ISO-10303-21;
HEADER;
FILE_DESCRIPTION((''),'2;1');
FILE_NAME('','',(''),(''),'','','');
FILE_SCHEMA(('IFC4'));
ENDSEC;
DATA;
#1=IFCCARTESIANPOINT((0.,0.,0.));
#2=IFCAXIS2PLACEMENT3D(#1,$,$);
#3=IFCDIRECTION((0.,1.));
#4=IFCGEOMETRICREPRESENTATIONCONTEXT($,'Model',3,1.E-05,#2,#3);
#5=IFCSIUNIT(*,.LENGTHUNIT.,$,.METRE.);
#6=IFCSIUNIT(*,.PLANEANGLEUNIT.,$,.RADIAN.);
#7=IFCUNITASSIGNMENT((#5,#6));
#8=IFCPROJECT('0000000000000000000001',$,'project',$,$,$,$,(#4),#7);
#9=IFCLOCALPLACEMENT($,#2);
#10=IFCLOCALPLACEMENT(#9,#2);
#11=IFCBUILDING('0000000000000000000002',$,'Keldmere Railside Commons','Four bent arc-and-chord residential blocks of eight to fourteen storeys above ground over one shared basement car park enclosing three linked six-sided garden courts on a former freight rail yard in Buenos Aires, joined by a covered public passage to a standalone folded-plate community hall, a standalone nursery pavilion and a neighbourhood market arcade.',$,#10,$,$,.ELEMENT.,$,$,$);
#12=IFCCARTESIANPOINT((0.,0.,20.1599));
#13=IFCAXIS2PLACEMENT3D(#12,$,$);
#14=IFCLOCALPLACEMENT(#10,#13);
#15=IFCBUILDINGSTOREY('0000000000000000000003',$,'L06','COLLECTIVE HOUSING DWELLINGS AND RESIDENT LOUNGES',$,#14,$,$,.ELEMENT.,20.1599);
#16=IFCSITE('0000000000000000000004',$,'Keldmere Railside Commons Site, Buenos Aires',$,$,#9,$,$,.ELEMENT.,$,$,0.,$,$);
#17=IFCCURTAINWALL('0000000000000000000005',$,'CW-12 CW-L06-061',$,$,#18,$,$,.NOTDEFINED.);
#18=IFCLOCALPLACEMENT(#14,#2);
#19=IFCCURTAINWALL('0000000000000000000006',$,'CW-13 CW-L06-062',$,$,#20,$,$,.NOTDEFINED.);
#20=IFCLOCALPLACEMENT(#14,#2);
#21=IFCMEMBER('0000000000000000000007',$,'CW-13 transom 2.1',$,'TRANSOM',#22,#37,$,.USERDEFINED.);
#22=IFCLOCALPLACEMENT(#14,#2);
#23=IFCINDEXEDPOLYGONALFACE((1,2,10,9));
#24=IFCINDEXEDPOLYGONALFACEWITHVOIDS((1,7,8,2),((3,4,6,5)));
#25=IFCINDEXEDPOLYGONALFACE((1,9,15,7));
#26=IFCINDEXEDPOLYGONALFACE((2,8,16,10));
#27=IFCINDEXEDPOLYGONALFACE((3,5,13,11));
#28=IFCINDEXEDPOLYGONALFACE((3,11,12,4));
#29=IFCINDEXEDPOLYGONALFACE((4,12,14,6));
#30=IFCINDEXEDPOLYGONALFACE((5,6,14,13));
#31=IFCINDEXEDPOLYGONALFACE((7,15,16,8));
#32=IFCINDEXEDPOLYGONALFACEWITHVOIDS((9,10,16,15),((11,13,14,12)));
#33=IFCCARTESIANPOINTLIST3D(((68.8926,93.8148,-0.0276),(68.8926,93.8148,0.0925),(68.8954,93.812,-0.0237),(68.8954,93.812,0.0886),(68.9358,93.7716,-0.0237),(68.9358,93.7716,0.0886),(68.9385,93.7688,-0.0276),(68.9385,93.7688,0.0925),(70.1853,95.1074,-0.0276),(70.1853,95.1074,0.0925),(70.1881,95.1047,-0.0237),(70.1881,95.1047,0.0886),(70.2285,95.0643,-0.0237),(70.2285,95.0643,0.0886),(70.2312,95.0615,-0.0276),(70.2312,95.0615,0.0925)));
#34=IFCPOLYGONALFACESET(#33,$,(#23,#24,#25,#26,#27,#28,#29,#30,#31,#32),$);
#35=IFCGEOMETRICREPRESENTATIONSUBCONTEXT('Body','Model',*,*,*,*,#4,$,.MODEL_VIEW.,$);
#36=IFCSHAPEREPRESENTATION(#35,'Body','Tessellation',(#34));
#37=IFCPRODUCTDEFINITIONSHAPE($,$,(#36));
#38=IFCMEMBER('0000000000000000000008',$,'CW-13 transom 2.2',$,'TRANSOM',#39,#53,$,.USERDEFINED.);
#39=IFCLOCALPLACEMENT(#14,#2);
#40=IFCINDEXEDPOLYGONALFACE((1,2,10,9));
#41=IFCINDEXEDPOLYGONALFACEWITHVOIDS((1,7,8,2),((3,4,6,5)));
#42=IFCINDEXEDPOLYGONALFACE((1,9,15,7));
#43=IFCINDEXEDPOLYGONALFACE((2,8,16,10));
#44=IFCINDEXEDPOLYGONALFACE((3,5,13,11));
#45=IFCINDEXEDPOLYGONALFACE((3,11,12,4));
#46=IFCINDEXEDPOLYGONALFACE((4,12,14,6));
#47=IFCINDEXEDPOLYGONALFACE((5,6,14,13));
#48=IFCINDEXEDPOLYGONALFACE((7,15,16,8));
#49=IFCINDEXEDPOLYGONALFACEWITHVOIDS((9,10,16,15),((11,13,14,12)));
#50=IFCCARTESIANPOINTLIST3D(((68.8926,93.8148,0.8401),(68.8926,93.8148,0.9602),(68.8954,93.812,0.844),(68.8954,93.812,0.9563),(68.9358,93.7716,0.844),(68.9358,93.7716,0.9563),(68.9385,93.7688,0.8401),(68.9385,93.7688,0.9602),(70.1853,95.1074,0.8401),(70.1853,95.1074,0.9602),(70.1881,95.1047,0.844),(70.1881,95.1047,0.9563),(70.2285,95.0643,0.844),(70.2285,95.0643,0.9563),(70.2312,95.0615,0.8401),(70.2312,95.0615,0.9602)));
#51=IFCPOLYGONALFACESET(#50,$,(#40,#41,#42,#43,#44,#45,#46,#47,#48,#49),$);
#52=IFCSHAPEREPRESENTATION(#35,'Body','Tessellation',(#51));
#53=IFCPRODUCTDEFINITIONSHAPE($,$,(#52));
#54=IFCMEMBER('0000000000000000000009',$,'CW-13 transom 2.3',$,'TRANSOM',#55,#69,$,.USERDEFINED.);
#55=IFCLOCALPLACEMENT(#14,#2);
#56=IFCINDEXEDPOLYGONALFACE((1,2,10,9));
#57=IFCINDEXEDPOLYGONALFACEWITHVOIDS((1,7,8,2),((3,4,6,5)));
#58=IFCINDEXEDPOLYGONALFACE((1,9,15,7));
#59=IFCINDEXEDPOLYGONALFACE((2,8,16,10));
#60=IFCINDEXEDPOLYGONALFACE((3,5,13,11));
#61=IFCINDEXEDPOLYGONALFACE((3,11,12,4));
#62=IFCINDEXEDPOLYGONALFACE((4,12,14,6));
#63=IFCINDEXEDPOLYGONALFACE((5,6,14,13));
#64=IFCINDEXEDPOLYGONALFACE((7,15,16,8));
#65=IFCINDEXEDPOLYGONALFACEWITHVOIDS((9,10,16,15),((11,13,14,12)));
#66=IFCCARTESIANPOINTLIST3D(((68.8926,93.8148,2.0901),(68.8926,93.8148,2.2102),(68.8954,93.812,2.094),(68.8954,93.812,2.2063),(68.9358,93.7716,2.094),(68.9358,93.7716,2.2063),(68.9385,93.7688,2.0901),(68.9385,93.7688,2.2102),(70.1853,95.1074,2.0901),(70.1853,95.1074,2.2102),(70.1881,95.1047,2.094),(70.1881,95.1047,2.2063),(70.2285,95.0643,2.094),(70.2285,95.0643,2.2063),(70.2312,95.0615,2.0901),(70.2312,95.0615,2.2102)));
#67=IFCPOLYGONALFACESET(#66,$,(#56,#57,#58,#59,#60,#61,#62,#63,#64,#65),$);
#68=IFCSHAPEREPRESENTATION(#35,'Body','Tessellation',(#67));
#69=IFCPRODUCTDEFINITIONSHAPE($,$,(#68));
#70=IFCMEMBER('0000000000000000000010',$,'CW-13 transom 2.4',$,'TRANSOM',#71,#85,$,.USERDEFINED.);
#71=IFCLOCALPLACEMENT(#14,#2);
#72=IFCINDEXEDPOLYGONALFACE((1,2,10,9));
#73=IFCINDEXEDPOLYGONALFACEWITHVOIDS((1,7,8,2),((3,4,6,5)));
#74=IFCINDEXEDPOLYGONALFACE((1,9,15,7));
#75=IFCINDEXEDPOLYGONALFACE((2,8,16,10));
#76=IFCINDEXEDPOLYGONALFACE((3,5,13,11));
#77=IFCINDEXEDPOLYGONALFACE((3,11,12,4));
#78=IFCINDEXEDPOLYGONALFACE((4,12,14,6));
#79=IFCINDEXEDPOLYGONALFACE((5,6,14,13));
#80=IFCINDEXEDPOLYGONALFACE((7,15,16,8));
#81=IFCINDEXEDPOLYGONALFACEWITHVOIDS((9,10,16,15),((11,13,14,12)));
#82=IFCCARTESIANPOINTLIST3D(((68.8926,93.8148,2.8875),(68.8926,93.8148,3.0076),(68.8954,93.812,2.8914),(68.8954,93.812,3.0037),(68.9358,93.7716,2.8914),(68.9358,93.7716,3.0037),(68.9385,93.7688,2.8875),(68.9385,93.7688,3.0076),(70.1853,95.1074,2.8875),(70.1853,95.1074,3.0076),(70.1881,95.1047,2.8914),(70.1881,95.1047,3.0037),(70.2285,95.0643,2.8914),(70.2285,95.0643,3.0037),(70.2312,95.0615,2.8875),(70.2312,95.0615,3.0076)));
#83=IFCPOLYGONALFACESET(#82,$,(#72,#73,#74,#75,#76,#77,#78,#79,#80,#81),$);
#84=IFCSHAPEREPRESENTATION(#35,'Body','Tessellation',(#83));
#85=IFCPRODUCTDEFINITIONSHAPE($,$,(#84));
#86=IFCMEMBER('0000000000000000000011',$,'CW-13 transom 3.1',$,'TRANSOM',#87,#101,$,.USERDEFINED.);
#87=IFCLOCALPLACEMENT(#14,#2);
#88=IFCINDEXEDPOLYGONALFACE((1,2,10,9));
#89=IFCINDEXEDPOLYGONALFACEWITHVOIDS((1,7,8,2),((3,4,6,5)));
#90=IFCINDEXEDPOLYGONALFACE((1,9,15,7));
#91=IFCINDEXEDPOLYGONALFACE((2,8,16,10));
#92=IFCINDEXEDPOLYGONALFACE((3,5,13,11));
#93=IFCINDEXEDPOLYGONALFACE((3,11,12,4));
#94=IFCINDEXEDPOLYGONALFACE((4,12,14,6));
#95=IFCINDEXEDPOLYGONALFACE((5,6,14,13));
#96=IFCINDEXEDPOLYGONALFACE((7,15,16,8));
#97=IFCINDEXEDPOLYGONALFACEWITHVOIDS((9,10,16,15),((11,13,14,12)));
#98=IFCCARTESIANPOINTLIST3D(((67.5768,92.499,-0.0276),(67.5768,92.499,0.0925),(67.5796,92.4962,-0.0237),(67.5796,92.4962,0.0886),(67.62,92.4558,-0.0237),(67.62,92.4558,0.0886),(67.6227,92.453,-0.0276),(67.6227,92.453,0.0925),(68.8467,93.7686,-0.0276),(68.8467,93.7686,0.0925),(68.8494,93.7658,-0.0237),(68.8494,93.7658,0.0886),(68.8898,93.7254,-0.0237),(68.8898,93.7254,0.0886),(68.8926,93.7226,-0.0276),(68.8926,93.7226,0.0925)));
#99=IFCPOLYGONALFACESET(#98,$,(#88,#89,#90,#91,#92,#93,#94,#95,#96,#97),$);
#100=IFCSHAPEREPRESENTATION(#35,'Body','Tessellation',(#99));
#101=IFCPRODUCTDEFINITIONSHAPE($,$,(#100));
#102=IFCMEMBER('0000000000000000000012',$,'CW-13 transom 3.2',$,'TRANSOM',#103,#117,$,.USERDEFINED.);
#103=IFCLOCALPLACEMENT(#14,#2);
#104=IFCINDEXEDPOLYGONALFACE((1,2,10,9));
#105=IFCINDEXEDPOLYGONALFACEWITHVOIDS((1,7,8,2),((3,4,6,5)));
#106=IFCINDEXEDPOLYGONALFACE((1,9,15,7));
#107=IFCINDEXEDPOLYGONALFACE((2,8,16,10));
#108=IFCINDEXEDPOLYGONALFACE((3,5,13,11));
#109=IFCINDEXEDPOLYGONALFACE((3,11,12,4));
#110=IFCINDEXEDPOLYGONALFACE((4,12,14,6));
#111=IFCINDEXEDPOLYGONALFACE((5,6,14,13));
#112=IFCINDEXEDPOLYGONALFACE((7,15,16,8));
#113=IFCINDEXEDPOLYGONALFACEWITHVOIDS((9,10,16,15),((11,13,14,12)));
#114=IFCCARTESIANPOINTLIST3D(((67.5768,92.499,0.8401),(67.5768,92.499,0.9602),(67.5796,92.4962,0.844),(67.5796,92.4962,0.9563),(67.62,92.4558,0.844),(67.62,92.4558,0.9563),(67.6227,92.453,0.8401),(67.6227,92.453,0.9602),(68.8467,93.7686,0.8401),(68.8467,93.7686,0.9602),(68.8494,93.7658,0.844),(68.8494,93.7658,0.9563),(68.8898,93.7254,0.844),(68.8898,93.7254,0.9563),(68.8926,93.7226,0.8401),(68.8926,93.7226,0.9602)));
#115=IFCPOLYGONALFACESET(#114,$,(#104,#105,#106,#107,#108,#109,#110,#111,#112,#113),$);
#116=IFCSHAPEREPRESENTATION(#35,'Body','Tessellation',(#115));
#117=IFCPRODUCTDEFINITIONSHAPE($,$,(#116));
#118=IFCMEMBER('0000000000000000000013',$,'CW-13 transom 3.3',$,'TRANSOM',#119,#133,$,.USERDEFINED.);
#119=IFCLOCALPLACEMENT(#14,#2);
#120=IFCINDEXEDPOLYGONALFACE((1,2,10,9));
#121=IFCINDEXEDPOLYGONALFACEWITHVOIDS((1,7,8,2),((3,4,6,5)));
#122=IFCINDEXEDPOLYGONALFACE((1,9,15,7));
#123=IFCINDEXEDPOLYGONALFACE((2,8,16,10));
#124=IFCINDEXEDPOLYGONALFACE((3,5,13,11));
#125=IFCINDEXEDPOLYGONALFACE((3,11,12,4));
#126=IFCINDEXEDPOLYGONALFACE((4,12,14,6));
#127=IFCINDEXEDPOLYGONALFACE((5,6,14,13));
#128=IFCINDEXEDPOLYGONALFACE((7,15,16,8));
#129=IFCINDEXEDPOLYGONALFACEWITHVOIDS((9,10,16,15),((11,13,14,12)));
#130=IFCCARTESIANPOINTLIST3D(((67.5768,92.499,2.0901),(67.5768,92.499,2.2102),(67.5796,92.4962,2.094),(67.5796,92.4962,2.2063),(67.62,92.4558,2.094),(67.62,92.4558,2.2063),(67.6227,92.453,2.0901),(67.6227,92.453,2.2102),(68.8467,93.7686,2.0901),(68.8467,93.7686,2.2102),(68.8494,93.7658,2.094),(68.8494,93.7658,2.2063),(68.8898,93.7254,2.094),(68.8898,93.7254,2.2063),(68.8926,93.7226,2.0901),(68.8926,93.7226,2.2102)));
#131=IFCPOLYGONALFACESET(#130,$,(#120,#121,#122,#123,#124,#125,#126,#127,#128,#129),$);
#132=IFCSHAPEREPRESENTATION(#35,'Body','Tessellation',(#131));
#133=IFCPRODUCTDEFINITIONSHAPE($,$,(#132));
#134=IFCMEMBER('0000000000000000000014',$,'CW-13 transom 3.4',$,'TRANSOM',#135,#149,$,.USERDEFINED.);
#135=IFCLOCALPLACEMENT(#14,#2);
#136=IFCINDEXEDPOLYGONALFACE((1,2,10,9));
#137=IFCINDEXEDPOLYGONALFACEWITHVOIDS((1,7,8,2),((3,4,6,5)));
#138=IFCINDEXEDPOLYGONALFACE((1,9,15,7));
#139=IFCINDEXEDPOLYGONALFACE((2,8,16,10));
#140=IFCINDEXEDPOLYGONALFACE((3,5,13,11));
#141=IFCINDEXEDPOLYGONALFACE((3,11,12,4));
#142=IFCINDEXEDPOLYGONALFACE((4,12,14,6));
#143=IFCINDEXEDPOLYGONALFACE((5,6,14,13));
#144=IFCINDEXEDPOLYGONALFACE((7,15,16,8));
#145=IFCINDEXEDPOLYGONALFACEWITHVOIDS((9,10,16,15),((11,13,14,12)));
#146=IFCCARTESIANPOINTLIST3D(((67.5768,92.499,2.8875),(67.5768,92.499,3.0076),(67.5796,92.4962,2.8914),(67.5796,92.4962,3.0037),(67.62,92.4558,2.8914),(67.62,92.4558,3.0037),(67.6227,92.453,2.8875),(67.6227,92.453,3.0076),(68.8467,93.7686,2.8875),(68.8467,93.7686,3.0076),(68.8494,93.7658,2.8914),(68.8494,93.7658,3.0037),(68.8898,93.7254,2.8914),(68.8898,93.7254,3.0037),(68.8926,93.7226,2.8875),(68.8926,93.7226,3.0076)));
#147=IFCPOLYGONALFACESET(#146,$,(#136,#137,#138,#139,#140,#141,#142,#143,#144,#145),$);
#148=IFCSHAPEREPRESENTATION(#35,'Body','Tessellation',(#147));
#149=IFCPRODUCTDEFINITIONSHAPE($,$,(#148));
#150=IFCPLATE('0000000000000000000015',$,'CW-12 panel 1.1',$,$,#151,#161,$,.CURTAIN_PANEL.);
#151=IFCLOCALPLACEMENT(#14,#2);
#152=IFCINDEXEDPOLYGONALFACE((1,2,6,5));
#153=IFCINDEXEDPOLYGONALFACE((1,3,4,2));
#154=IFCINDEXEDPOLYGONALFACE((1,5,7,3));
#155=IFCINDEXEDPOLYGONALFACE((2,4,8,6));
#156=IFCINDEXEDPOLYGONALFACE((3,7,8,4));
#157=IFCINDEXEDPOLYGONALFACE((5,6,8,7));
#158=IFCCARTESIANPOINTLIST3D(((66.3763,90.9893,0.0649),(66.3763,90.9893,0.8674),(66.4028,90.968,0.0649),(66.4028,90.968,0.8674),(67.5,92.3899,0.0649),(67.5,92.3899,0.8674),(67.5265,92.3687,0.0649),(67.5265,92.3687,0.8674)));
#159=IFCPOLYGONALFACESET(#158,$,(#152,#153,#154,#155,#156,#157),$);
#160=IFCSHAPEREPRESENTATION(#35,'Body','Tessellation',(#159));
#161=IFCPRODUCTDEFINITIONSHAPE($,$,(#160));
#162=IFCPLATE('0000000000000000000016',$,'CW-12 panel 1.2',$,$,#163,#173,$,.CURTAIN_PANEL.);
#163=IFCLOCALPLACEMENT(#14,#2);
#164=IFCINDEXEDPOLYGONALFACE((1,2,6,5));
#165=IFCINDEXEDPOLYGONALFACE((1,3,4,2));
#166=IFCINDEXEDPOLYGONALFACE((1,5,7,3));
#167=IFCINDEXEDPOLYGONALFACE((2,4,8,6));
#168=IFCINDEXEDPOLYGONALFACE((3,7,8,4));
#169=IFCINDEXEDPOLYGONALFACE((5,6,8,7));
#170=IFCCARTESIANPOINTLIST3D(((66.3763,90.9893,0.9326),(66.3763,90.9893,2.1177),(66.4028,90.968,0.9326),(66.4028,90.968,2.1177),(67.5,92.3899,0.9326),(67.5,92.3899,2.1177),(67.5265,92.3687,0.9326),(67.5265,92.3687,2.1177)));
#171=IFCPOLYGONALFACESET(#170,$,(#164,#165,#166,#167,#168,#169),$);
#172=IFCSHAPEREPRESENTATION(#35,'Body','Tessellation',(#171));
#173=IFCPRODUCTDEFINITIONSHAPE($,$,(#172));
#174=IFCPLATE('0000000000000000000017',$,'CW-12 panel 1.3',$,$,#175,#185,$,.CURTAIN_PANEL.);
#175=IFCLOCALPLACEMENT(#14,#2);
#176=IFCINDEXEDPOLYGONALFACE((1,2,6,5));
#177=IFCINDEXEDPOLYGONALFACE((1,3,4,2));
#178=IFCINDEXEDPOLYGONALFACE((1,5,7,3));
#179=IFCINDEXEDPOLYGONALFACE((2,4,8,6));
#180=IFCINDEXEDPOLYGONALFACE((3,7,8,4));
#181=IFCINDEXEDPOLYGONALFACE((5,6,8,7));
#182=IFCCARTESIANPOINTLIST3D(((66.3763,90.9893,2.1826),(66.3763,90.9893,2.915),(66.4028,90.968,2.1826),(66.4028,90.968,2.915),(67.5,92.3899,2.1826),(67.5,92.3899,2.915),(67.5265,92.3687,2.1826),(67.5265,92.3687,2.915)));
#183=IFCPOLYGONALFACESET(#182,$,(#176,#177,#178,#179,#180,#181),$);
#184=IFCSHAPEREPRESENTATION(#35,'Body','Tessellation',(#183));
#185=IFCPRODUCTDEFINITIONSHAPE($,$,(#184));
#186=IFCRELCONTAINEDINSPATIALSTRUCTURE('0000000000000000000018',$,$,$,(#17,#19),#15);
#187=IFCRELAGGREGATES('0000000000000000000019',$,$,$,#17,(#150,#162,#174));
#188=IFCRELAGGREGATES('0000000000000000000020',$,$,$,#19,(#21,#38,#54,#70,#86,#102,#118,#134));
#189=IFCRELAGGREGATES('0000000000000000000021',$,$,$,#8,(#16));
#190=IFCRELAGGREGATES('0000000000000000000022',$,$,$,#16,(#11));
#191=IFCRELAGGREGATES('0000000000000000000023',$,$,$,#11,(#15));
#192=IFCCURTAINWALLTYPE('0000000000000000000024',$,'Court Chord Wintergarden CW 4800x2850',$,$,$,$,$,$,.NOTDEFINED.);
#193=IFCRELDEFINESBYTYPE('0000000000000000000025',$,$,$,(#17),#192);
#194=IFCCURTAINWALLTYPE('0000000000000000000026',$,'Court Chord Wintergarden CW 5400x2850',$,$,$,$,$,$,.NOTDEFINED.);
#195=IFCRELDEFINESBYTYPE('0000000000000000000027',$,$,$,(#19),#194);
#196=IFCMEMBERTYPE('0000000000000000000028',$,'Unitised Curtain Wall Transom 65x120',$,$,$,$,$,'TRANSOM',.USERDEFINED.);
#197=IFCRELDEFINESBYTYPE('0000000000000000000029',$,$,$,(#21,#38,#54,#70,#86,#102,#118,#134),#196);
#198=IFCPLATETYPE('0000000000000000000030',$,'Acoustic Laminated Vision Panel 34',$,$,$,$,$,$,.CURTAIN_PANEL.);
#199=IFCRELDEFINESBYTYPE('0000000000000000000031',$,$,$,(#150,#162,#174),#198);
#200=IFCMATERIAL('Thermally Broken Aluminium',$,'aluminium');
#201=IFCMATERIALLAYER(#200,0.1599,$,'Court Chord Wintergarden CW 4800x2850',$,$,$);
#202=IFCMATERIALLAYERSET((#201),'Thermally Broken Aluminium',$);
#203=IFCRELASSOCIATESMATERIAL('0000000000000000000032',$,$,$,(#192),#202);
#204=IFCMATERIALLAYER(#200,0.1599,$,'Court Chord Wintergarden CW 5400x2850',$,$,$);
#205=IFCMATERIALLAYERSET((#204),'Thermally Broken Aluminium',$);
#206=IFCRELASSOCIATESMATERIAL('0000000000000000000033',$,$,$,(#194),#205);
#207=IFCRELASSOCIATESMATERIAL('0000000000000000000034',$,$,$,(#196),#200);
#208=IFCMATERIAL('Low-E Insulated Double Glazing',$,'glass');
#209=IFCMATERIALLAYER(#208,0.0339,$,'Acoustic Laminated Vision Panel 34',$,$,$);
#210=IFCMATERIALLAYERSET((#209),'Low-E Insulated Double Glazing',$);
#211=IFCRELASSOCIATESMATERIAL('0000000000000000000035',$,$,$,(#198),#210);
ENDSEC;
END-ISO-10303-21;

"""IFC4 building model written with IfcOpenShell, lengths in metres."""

from ifc_helpers import new_model, si_unit, direction, frame, origin, origin_2d, place, context, subcontext, project, spatial, rectangle, hollow_rectangle, extrude, material, layer, layer_set, material_profile, profile_set, type_object, element, aggregate, save


model = new_model("IFC4")

# Units and contexts
model_context = context("Model", 3, precision=1e-05, world=origin(), true_north=direction((0.0, 1.0)))
body_context = subcontext(model_context, "Body", "Model", "MODEL_VIEW")
ifc_project = project(units=[si_unit("LENGTHUNIT", "METRE"), si_unit("PLANEANGLEUNIT", "RADIAN")], contexts=[model_context])

# Site, building, storey
site_placement = place(None, origin())
site = spatial("IfcSite", under=ifc_project, at=site_placement, Name="Keldmere Railside Commons Site, Buenos Aires", CompositionType="ELEMENT", RefElevation=0.0)
building_placement = place(site_placement, origin())
building = spatial("IfcBuilding", under=site, at=building_placement, Name="Keldmere Railside Commons", Description="Four bent arc-and-chord residential blocks of eight to fourteen storeys above ground over one shared basement car park enclosing three linked six-sided garden courts on a former freight rail yard in Buenos Aires, joined by a covered public passage to a standalone folded-plate community hall, a standalone nursery pavilion and a neighbourhood market arcade.", CompositionType="ELEMENT")
storey_placement = place(building_placement, frame((0.0, 0.0, 20.1599)))
storey = spatial("IfcBuildingStorey", under=building, at=storey_placement, Name="L06", Description="COLLECTIVE HOUSING DWELLINGS AND RESIDENT LOUNGES", CompositionType="ELEMENT", Elevation=20.1599)

# Curtain walls
ifc_material_1 = material(Name="Thermally Broken Aluminium", Category="aluminium")
ifc_layer_1 = layer(ifc_material_1, 0.1599, Name="Court Chord Wintergarden CW 4800x2850")
ifc_layer_set_1 = layer_set([ifc_layer_1], Name="Thermally Broken Aluminium")
curtain_wall_type_1 = type_object("IfcCurtainWallType", Name="Court Chord Wintergarden CW 4800x2850", PredefinedType="NOTDEFINED", material=ifc_layer_set_1)
curtain_wall_1_placement = place(storey_placement, origin())
curtain_wall_1 = element("IfcCurtainWall", 1, at=curtain_wall_1_placement, inside=storey, type_object=curtain_wall_type_1, Name="CW-12 CW-L06-061", PredefinedType="NOTDEFINED")
ifc_layer_2 = layer(ifc_material_1, 0.1599, Name="Court Chord Wintergarden CW 5400x2850")
ifc_layer_set_2 = layer_set([ifc_layer_2], Name="Thermally Broken Aluminium")
curtain_wall_type_2 = type_object("IfcCurtainWallType", Name="Court Chord Wintergarden CW 5400x2850", PredefinedType="NOTDEFINED", material=ifc_layer_set_2)
curtain_wall_2_placement = place(storey_placement, origin())
curtain_wall_2 = element("IfcCurtainWall", 2, at=curtain_wall_2_placement, inside=storey, type_object=curtain_wall_type_2, Name="CW-13 CW-L06-062", PredefinedType="NOTDEFINED")

# Members
ifc_material_profile_1 = material_profile(ifc_material_1, hollow_rectangle(XDim=0.0649, YDim=0.1201, WallThickness=0.0039, at=origin_2d()), Name="ALU-TRAN-65x120")
ifc_profile_set_1 = profile_set([ifc_material_profile_1], Name="Thermally Broken Aluminium")
member_type_1 = type_object("IfcMemberType", Name="Unitised Curtain Wall Transom 65x120", ElementType="TRANSOM", PredefinedType="USERDEFINED", material=ifc_profile_set_1)
member_1_placement = place(storey_placement, frame((70.2083, 95.0845, 0.0325), z_axis=(-0.707107, -0.707107, 0.0), x_axis=(0.707107, -0.707107, 0.0)))
member_1 = element("IfcMember", 3, at=member_1_placement, type_object=member_type_1, Name="CW-13 transom 2.1", ObjectType="TRANSOM", PredefinedType="USERDEFINED", context=body_context, shape_type="SweptSolid", body=[
    extrude(hollow_rectangle(XDim=0.0649, YDim=0.1201, WallThickness=0.0039, at=origin_2d()), origin(), (0.0, 0.0, 1.0), 1.8281),
])
member_2_placement = place(storey_placement, frame((70.2083, 95.0845, 0.9001), z_axis=(-0.707107, -0.707107, 0.0), x_axis=(0.707107, -0.707107, 0.0)))
member_2 = element("IfcMember", 4, at=member_2_placement, type_object=member_type_1, Name="CW-13 transom 2.2", ObjectType="TRANSOM", PredefinedType="USERDEFINED", context=body_context, shape_type="SweptSolid", body=[
    extrude(hollow_rectangle(XDim=0.0649, YDim=0.1201, WallThickness=0.0039, at=origin_2d()), origin(), (0.0, 0.0, 1.0), 1.8281),
])
member_3_placement = place(storey_placement, frame((70.2083, 95.0845, 2.1501), z_axis=(-0.707107, -0.707107, 0.0), x_axis=(0.707107, -0.707107, 0.0)))
member_3 = element("IfcMember", 5, at=member_3_placement, type_object=member_type_1, Name="CW-13 transom 2.3", ObjectType="TRANSOM", PredefinedType="USERDEFINED", context=body_context, shape_type="SweptSolid", body=[
    extrude(hollow_rectangle(XDim=0.0649, YDim=0.1201, WallThickness=0.0039, at=origin_2d()), origin(), (0.0, 0.0, 1.0), 1.8281),
])
member_4_placement = place(storey_placement, frame((70.2083, 95.0845, 2.9475), z_axis=(-0.707107, -0.707107, 0.0), x_axis=(0.707107, -0.707107, 0.0)))
member_4 = element("IfcMember", 6, at=member_4_placement, type_object=member_type_1, Name="CW-13 transom 2.4", ObjectType="TRANSOM", PredefinedType="USERDEFINED", context=body_context, shape_type="SweptSolid", body=[
    extrude(hollow_rectangle(XDim=0.0649, YDim=0.1201, WallThickness=0.0039, at=origin_2d()), origin(), (0.0, 0.0, 1.0), 1.8281),
])
member_5_placement = place(storey_placement, frame((68.8696, 93.7456, 0.0325), z_axis=(-0.707175, -0.707039, 0.0), x_axis=(0.707039, -0.707175, 0.0)))
member_5 = element("IfcMember", 7, at=member_5_placement, type_object=member_type_1, Name="CW-13 transom 3.1", ObjectType="TRANSOM", PredefinedType="USERDEFINED", context=body_context, shape_type="SweptSolid", body=[
    extrude(hollow_rectangle(XDim=0.0649, YDim=0.1201, WallThickness=0.0039, at=origin_2d()), origin(), (0.0, 0.0, 1.0), 1.7957),
])
member_6_placement = place(storey_placement, frame((68.8696, 93.7456, 0.9001), z_axis=(-0.707175, -0.707039, 0.0), x_axis=(0.707039, -0.707175, 0.0)))
member_6 = element("IfcMember", 8, at=member_6_placement, type_object=member_type_1, Name="CW-13 transom 3.2", ObjectType="TRANSOM", PredefinedType="USERDEFINED", context=body_context, shape_type="SweptSolid", body=[
    extrude(hollow_rectangle(XDim=0.0649, YDim=0.1201, WallThickness=0.0039, at=origin_2d()), origin(), (0.0, 0.0, 1.0), 1.7957),
])
member_7_placement = place(storey_placement, frame((68.8696, 93.7456, 2.1501), z_axis=(-0.707175, -0.707039, 0.0), x_axis=(0.707039, -0.707175, 0.0)))
member_7 = element("IfcMember", 9, at=member_7_placement, type_object=member_type_1, Name="CW-13 transom 3.3", ObjectType="TRANSOM", PredefinedType="USERDEFINED", context=body_context, shape_type="SweptSolid", body=[
    extrude(hollow_rectangle(XDim=0.0649, YDim=0.1201, WallThickness=0.0039, at=origin_2d()), origin(), (0.0, 0.0, 1.0), 1.7957),
])
member_8_placement = place(storey_placement, frame((68.8696, 93.7456, 2.9475), z_axis=(-0.707175, -0.707039, 0.0), x_axis=(0.707039, -0.707175, 0.0)))
member_8 = element("IfcMember", 10, at=member_8_placement, type_object=member_type_1, Name="CW-13 transom 3.4", ObjectType="TRANSOM", PredefinedType="USERDEFINED", context=body_context, shape_type="SweptSolid", body=[
    extrude(hollow_rectangle(XDim=0.0649, YDim=0.1201, WallThickness=0.0039, at=origin_2d()), origin(), (0.0, 0.0, 1.0), 1.7957),
])

# Plates
ifc_material_2 = material(Name="Low-E Insulated Double Glazing", Category="glass")
ifc_layer_3 = layer(ifc_material_2, 0.0339, Name="Acoustic Laminated Vision Panel 34")
ifc_layer_set_3 = layer_set([ifc_layer_3], Name="Low-E Insulated Double Glazing")
plate_type_1 = type_object("IfcPlateType", Name="Acoustic Laminated Vision Panel 34", PredefinedType="CURTAIN_PANEL", material=ifc_layer_set_3)
plate_1_placement = place(storey_placement, frame((66.9514, 91.679, 0.0649), z_axis=(0.0, 0.0, 1.0), x_axis=(-0.625768, -0.780009, 0.0)))
plate_1 = element("IfcPlate", 11, at=plate_1_placement, type_object=plate_type_1, Name="CW-12 panel 1.1", PredefinedType="CURTAIN_PANEL", context=body_context, shape_type="SweptSolid", body=[
    extrude(rectangle(XDim=1.7957, YDim=0.0339, at=origin_2d()), origin(), (0.0, 0.0, 1.0), 0.8025),
])
plate_2_placement = place(storey_placement, frame((66.9514, 91.679, 0.9326), z_axis=(0.0, 0.0, 1.0), x_axis=(-0.625768, -0.780009, 0.0)))
plate_2 = element("IfcPlate", 12, at=plate_2_placement, type_object=plate_type_1, Name="CW-12 panel 1.2", PredefinedType="CURTAIN_PANEL", context=body_context, shape_type="SweptSolid", body=[
    extrude(rectangle(XDim=1.7957, YDim=0.0339, at=origin_2d()), origin(), (0.0, 0.0, 1.0), 1.1851),
])
plate_3_placement = place(storey_placement, frame((66.9514, 91.679, 2.1826), z_axis=(0.0, 0.0, 1.0), x_axis=(-0.625768, -0.780009, 0.0)))
plate_3 = element("IfcPlate", 13, at=plate_3_placement, type_object=plate_type_1, Name="CW-12 panel 1.3", PredefinedType="CURTAIN_PANEL", context=body_context, shape_type="SweptSolid", body=[
    extrude(rectangle(XDim=1.7957, YDim=0.0339, at=origin_2d()), origin(), (0.0, 0.0, 1.0), 0.7324),
])
aggregate(curtain_wall_1, [plate_1, plate_2, plate_3])
aggregate(curtain_wall_2, [member_1, member_2, member_3, member_4, member_5, member_6, member_7, member_8])

save(model, "model.ifc")
